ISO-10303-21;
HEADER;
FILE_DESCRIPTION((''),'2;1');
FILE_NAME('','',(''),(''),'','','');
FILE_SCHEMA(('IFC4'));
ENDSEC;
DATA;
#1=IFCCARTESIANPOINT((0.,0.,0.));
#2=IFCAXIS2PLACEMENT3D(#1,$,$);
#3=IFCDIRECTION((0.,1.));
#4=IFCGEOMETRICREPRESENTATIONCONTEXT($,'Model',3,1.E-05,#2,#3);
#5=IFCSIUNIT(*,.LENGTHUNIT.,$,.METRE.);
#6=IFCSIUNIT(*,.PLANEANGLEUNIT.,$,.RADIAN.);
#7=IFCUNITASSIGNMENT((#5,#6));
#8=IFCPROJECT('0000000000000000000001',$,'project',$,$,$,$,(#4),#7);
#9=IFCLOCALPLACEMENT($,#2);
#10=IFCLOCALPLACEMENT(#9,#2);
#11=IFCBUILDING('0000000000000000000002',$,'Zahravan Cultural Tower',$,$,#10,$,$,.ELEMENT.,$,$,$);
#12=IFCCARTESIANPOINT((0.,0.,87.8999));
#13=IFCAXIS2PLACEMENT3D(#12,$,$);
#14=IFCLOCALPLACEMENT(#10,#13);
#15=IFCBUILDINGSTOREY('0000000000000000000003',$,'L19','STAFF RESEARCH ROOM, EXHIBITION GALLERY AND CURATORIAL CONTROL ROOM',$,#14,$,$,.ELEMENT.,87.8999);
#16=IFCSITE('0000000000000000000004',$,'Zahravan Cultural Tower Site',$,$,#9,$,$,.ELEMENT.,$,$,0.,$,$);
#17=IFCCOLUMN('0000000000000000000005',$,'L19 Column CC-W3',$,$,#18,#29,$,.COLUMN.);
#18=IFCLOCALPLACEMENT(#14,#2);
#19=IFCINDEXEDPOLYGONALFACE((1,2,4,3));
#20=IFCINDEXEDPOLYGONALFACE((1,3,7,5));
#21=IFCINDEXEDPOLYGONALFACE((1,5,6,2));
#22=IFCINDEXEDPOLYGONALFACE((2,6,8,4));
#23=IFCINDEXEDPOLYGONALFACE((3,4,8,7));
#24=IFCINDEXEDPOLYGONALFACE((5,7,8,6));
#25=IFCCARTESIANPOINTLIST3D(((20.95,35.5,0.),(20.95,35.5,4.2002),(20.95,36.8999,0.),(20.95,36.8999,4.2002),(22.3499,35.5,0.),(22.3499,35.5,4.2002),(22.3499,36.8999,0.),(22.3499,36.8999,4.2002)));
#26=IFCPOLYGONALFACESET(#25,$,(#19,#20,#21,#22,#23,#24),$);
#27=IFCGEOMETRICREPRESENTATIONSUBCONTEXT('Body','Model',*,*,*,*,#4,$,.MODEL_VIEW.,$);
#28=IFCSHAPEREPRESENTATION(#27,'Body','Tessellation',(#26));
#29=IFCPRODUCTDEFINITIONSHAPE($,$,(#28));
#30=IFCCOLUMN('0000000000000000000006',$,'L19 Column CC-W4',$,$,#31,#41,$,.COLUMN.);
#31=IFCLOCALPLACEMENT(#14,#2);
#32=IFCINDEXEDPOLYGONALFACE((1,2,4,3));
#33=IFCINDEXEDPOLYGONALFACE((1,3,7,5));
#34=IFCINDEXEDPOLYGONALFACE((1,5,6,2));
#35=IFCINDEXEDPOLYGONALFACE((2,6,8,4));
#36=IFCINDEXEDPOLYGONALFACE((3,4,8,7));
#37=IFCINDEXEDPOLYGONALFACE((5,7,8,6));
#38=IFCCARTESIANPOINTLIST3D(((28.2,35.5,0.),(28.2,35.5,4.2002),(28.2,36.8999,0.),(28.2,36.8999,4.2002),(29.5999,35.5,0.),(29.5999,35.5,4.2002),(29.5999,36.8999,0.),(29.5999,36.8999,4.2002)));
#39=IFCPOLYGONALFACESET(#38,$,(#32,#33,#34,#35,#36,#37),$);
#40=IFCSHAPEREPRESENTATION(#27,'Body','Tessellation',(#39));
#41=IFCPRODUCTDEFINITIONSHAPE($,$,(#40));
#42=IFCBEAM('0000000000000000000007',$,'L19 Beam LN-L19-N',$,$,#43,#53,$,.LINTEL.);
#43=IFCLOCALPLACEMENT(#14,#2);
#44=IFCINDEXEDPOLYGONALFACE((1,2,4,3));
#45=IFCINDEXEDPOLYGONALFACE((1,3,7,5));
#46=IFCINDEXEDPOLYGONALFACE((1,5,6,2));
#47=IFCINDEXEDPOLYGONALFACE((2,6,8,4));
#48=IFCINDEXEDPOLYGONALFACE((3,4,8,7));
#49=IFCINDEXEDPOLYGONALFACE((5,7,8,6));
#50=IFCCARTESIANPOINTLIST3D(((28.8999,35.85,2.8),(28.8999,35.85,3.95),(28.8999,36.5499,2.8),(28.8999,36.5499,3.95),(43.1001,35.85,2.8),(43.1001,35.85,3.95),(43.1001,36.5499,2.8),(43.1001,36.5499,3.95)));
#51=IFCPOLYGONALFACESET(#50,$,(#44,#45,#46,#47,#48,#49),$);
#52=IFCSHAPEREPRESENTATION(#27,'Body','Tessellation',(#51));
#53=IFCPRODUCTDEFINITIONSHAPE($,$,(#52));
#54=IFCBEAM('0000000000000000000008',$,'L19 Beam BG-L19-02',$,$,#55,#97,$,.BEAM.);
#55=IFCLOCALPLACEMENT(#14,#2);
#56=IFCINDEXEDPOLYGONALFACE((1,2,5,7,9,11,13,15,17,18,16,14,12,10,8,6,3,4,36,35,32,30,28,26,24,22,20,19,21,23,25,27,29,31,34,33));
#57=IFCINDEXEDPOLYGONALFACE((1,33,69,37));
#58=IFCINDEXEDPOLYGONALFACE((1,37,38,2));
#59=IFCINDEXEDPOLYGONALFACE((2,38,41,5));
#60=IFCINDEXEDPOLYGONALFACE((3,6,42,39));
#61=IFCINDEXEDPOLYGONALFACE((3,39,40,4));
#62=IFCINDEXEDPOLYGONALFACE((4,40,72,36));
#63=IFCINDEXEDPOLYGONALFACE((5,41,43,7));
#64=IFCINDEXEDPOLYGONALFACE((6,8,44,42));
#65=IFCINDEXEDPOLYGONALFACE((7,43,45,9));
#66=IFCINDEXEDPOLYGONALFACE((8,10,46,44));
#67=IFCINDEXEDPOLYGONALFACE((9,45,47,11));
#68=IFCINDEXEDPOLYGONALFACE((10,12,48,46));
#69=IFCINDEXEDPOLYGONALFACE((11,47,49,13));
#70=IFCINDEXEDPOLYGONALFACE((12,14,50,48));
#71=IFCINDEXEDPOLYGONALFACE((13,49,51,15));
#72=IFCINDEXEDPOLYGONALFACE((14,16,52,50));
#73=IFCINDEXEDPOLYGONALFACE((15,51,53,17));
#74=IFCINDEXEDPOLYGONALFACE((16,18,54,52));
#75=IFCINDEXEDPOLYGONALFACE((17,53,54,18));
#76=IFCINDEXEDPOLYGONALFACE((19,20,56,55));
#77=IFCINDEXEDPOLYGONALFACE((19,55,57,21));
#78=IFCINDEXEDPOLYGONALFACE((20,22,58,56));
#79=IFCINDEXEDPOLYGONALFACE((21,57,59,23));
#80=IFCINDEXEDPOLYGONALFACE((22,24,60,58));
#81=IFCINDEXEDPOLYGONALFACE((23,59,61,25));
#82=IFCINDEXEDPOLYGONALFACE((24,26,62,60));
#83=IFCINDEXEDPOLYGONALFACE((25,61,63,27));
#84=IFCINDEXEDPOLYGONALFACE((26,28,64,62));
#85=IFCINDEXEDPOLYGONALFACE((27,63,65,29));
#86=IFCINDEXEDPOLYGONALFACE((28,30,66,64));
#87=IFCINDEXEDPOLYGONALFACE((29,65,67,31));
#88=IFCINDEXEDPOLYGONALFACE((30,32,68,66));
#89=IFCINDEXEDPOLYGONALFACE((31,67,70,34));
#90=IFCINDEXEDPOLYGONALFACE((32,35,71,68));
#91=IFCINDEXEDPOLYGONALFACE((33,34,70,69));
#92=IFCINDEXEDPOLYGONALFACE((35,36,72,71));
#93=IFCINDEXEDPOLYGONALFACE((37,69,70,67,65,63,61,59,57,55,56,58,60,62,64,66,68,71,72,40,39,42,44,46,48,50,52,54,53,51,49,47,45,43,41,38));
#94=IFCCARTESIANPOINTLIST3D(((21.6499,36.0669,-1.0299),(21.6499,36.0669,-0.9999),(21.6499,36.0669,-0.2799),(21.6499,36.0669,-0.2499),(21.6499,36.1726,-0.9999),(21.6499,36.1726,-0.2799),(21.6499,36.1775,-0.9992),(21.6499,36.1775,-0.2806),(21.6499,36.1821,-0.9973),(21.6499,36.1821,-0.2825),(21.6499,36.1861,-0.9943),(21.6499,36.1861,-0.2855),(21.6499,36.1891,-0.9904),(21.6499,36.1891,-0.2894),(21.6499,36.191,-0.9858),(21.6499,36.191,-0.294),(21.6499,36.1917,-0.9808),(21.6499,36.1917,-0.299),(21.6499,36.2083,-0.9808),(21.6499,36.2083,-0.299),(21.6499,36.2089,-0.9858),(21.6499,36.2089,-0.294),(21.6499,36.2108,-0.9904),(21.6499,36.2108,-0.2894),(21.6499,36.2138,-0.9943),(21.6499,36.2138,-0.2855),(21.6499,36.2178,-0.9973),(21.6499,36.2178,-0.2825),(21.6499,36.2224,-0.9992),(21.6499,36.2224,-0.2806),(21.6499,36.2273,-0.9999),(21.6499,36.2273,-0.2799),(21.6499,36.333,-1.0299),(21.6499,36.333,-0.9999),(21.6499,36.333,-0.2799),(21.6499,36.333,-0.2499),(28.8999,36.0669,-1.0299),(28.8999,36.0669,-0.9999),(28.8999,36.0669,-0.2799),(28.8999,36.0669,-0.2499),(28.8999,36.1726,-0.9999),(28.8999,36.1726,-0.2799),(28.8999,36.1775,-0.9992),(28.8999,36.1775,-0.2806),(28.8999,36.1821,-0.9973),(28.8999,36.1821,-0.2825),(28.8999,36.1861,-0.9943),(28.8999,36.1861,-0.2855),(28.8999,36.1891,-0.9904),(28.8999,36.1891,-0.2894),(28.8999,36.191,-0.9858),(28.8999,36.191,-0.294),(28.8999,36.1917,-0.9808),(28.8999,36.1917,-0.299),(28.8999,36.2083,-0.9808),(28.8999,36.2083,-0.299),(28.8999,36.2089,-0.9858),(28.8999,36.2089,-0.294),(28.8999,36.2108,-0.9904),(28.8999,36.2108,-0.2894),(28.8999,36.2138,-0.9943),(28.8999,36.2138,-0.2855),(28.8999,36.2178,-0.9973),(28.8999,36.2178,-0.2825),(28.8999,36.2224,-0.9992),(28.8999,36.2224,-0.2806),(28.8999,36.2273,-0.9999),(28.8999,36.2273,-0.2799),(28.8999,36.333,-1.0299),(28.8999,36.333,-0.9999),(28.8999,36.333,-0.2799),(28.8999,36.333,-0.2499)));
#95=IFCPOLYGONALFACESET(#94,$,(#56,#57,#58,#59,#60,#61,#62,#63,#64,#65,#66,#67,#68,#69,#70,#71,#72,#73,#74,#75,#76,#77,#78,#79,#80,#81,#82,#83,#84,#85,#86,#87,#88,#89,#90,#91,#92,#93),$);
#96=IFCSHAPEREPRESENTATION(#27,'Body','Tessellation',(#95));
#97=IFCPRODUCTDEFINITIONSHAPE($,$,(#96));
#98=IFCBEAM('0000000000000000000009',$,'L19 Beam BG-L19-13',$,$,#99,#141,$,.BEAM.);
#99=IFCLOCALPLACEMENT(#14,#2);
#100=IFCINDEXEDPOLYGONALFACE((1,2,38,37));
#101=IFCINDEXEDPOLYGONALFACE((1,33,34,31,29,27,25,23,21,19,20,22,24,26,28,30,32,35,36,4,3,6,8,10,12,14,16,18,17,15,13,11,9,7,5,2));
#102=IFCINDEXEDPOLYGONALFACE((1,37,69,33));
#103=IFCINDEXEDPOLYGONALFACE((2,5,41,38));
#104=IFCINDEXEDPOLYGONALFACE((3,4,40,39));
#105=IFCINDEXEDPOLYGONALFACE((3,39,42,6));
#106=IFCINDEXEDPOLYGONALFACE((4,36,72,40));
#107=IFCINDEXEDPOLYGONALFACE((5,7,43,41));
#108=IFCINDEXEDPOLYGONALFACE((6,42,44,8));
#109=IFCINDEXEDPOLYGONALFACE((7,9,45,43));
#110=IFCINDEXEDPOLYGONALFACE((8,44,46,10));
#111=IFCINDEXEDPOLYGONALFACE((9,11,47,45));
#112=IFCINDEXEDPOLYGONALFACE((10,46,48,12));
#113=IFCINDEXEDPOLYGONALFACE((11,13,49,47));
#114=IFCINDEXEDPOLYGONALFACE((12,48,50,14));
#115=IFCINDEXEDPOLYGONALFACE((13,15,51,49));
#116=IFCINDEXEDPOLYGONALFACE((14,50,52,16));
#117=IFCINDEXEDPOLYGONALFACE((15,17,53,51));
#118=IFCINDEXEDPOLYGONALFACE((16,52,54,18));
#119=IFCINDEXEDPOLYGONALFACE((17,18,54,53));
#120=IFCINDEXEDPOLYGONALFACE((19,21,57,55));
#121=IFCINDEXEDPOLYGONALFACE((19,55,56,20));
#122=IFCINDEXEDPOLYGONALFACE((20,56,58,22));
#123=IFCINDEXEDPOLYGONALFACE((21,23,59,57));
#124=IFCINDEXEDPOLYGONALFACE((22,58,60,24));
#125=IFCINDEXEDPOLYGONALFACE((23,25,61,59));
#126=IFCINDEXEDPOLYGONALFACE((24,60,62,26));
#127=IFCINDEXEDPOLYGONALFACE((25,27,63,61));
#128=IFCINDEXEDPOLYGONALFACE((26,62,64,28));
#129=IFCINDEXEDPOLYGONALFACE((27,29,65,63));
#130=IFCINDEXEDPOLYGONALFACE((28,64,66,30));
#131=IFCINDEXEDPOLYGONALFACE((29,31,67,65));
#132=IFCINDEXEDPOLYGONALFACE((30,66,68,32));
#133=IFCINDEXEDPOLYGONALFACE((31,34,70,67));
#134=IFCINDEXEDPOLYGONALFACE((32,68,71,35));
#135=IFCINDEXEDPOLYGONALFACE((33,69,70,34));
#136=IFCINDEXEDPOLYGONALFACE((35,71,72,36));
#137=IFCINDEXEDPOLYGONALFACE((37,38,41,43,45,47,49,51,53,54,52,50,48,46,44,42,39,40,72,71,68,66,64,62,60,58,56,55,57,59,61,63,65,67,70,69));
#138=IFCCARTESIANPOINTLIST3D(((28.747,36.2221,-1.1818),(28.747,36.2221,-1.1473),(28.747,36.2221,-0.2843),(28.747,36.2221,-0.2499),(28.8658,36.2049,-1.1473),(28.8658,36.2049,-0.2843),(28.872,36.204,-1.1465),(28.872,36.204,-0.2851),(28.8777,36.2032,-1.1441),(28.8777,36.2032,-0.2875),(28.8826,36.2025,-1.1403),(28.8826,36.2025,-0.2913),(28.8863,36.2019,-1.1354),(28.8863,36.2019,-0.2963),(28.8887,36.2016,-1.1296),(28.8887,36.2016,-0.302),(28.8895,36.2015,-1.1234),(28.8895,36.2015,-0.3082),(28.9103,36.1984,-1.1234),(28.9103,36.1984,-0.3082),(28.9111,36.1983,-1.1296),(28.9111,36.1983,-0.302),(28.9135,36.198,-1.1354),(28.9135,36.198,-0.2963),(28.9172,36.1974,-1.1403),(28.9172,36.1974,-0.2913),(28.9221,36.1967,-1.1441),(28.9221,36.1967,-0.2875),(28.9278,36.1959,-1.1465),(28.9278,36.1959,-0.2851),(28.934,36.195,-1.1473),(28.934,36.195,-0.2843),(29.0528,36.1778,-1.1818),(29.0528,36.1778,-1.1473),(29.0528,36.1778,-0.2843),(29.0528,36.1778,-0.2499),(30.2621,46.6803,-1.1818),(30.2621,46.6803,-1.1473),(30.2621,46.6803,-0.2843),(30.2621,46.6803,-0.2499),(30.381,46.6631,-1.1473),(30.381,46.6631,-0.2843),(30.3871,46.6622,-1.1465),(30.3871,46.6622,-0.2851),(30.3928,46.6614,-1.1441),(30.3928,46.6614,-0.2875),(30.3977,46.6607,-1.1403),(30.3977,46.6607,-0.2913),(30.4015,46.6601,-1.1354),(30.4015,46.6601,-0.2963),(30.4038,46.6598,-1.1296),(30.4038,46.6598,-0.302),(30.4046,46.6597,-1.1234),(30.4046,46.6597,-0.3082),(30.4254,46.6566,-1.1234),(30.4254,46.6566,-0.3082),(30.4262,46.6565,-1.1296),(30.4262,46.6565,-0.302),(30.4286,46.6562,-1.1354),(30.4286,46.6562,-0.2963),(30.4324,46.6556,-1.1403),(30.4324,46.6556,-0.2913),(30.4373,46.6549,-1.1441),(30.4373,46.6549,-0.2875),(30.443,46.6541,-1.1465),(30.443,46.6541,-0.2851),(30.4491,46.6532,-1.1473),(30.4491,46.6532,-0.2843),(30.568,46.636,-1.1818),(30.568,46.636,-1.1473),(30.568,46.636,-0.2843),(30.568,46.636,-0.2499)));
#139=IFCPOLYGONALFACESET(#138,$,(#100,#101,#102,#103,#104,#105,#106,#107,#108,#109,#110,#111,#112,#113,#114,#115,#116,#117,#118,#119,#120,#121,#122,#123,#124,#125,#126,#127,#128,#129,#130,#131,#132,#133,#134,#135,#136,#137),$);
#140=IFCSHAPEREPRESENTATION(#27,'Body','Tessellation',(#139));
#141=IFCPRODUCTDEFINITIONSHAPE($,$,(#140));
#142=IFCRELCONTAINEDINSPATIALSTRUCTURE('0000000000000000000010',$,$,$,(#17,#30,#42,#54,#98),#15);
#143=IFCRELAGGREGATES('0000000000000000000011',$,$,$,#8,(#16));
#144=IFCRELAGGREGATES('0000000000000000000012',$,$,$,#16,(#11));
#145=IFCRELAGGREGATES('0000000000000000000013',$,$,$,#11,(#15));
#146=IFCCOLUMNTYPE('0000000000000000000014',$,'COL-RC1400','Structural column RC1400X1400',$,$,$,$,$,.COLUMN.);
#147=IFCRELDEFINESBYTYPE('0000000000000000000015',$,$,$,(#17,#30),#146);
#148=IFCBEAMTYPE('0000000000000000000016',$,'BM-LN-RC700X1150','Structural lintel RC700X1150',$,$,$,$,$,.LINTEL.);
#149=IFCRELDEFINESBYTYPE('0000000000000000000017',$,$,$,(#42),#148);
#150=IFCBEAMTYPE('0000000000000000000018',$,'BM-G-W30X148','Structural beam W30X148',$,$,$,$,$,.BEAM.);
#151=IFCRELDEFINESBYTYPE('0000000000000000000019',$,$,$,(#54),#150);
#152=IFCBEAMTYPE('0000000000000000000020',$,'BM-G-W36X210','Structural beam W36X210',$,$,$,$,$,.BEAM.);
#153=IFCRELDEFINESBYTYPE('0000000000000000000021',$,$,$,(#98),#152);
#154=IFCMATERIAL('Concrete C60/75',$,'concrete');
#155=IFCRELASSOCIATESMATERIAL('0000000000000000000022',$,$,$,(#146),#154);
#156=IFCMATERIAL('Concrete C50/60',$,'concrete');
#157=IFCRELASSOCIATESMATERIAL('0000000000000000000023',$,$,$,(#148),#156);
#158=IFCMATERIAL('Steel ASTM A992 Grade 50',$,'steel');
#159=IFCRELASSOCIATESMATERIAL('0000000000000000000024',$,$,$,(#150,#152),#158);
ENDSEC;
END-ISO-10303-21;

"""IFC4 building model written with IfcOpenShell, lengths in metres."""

from ifc_helpers import new_model, si_unit, direction, frame, origin, origin_2d, place, context, subcontext, project, spatial, rectangle, i_section, extrude, source, transform, mapped, material, material_profile, profile_set, type_object, element, save


model = new_model("IFC4")

# Units and contexts
model_context = context("Model", 3, precision=1e-05, world=origin(), true_north=direction((0.0, 1.0)))
body_context = subcontext(model_context, "Body", "Model", "MODEL_VIEW")
ifc_project = project(units=[si_unit("LENGTHUNIT", "METRE"), si_unit("PLANEANGLEUNIT", "RADIAN")], contexts=[model_context])

# Site, building, storey
site_placement = place(None, origin())
site = spatial("IfcSite", under=ifc_project, at=site_placement, Name="Zahravan Cultural Tower Site", CompositionType="ELEMENT", RefElevation=0.0)
building_placement = place(site_placement, origin())
building = spatial("IfcBuilding", under=site, at=building_placement, Name="Zahravan Cultural Tower", CompositionType="ELEMENT")
storey_placement = place(building_placement, frame((0.0, 0.0, 87.8999)))
storey = spatial("IfcBuildingStorey", under=building, at=storey_placement, Name="L19", Description="STAFF RESEARCH ROOM, EXHIBITION GALLERY AND CURATORIAL CONTROL ROOM", CompositionType="ELEMENT", Elevation=87.8999)

# Columns
ifc_material_1 = material(Name="Concrete C60/75", Category="concrete")
ifc_material_profile_1 = material_profile(ifc_material_1, rectangle(XDim=1.3999, YDim=1.3999, at=origin_2d()), Name="RC1400X1400")
ifc_profile_set_1 = profile_set([ifc_material_profile_1], Name="Concrete C60/75")
column_type = type_object("IfcColumnType", Name="COL-RC1400", Description="Structural column RC1400X1400", PredefinedType="COLUMN", material=ifc_profile_set_1)
shared_shape_1 = source(origin(), body_context, "Body", "SweptSolid", [
    extrude(rectangle(XDim=1.3999, YDim=1.3999, at=origin_2d()), origin(), (0.0, 0.0, 1.0), 4.2002),
])
for number, where, z_axis, x_axis, name in (
    (1, (21.6499, 36.2, 0.0), (0.0, 0.0, 1.0), (1.0, 0.0, 0.0), "L19 Column CC-W3"),
    (2, (28.8999, 36.2, 0.0), (0.0, 0.0, 1.0), (1.0, 0.0, 0.0), "L19 Column CC-W4"),
):
    element("IfcColumn", number, at=place(storey_placement, frame(where, z_axis=z_axis, x_axis=x_axis)), inside=storey, type_object=column_type, Name=name, PredefinedType="COLUMN", context=body_context, shape_type="MappedRepresentation", body=[
        mapped(shared_shape_1, transform((0.0, 0.0, 0.0), x_axis=(1.0, 0.0, 0.0), y_axis=(0.0, 1.0, 0.0), z_axis=(0.0, 0.0, 1.0), scale=1.0)),
    ])

# Beams
ifc_material_2 = material(Name="Concrete C50/60", Category="concrete")
ifc_material_profile_2 = material_profile(ifc_material_2, rectangle(XDim=0.7, YDim=1.1499, at=origin_2d()), Name="RC700X1150")
ifc_profile_set_2 = profile_set([ifc_material_profile_2], Name="Concrete C50/60")
beam_type_1 = type_object("IfcBeamType", Name="BM-LN-RC700X1150", Description="Structural lintel RC700X1150", PredefinedType="LINTEL", material=ifc_profile_set_2)
shared_shape_2 = source(origin(), body_context, "Body", "SweptSolid", [
    extrude(rectangle(XDim=0.7, YDim=1.1499, at=origin_2d()), origin(), (0.0, 0.0, 1.0), 14.2002),
])
beam_1_placement = place(storey_placement, frame((28.8999, 36.2, 3.375), z_axis=(1.0, 0.0, 0.0), x_axis=(0.0, 1.0, 0.0)))
element("IfcBeam", 3, at=beam_1_placement, inside=storey, type_object=beam_type_1, Name="L19 Beam LN-L19-N", PredefinedType="LINTEL", context=body_context, shape_type="MappedRepresentation", body=[
    mapped(shared_shape_2, transform((0.0, 0.0, 0.0), x_axis=(1.0, 0.0, 0.0), y_axis=(0.0, 1.0, 0.0), z_axis=(0.0, 0.0, 1.0), scale=1.0)),
])
ifc_material_3 = material(Name="Steel ASTM A992 Grade 50", Category="steel")
ifc_material_profile_3 = material_profile(ifc_material_3, i_section(OverallWidth=0.2661, OverallDepth=0.78, WebThickness=0.0166, FlangeThickness=0.03, FilletRadius=0.019, at=origin_2d()), Name="W30X148")
ifc_profile_set_3 = profile_set([ifc_material_profile_3], Name="Steel ASTM A992 Grade 50")
beam_type_2 = type_object("IfcBeamType", Name="BM-G-W30X148", Description="Structural beam W30X148", PredefinedType="BEAM", material=ifc_profile_set_3)
shared_shape_3 = source(origin(), body_context, "Body", "SweptSolid", [
    extrude(i_section(OverallWidth=0.2661, OverallDepth=0.78, WebThickness=0.0166, FlangeThickness=0.03, FilletRadius=0.019, at=origin_2d()), origin(), (0.0, 0.0, 1.0), 7.25),
])
beam_2_placement = place(storey_placement, frame((21.6499, 36.2, -0.6399), z_axis=(1.0, 0.0, 0.0), x_axis=(0.0, 1.0, 0.0)))
element("IfcBeam", 4, at=beam_2_placement, inside=storey, type_object=beam_type_2, Name="L19 Beam BG-L19-02", PredefinedType="BEAM", context=body_context, shape_type="MappedRepresentation", body=[
    mapped(shared_shape_3, transform((0.0, 0.0, 0.0), x_axis=(1.0, 0.0, 0.0), y_axis=(0.0, 1.0, 0.0), z_axis=(0.0, 0.0, 1.0), scale=1.0)),
])
ifc_material_profile_4 = material_profile(ifc_material_3, i_section(OverallWidth=0.3091, OverallDepth=0.9319, WebThickness=0.021, FlangeThickness=0.0344, FilletRadius=0.0239, at=origin_2d()), Name="W36X210")
ifc_profile_set_4 = profile_set([ifc_material_profile_4], Name="Steel ASTM A992 Grade 50")
beam_type_3 = type_object("IfcBeamType", Name="BM-G-W36X210", Description="Structural beam W36X210", PredefinedType="BEAM", material=ifc_profile_set_4)
shared_shape_4 = source(origin(), body_context, "Body", "SweptSolid", [
    extrude(i_section(OverallWidth=0.3091, OverallDepth=0.9319, WebThickness=0.021, FlangeThickness=0.0344, FilletRadius=0.0239, at=origin_2d()), origin(), (0.0, 0.0, 1.0), 10.5674),
])
beam_3_placement = place(storey_placement, frame((28.8999, 36.2, -0.7158), z_axis=(0.143378, 0.989668, 0.0), x_axis=(-0.989668, 0.143378, 0.0)))
element("IfcBeam", 5, at=beam_3_placement, inside=storey, type_object=beam_type_3, Name="L19 Beam BG-L19-13", PredefinedType="BEAM", context=body_context, shape_type="MappedRepresentation", body=[
    mapped(shared_shape_4, transform((0.0, 0.0, 0.0), x_axis=(1.0, 0.0, 0.0), y_axis=(0.0, 1.0, 0.0), z_axis=(0.0, 0.0, 1.0), scale=1.0)),
])

save(model, "model.ifc")
